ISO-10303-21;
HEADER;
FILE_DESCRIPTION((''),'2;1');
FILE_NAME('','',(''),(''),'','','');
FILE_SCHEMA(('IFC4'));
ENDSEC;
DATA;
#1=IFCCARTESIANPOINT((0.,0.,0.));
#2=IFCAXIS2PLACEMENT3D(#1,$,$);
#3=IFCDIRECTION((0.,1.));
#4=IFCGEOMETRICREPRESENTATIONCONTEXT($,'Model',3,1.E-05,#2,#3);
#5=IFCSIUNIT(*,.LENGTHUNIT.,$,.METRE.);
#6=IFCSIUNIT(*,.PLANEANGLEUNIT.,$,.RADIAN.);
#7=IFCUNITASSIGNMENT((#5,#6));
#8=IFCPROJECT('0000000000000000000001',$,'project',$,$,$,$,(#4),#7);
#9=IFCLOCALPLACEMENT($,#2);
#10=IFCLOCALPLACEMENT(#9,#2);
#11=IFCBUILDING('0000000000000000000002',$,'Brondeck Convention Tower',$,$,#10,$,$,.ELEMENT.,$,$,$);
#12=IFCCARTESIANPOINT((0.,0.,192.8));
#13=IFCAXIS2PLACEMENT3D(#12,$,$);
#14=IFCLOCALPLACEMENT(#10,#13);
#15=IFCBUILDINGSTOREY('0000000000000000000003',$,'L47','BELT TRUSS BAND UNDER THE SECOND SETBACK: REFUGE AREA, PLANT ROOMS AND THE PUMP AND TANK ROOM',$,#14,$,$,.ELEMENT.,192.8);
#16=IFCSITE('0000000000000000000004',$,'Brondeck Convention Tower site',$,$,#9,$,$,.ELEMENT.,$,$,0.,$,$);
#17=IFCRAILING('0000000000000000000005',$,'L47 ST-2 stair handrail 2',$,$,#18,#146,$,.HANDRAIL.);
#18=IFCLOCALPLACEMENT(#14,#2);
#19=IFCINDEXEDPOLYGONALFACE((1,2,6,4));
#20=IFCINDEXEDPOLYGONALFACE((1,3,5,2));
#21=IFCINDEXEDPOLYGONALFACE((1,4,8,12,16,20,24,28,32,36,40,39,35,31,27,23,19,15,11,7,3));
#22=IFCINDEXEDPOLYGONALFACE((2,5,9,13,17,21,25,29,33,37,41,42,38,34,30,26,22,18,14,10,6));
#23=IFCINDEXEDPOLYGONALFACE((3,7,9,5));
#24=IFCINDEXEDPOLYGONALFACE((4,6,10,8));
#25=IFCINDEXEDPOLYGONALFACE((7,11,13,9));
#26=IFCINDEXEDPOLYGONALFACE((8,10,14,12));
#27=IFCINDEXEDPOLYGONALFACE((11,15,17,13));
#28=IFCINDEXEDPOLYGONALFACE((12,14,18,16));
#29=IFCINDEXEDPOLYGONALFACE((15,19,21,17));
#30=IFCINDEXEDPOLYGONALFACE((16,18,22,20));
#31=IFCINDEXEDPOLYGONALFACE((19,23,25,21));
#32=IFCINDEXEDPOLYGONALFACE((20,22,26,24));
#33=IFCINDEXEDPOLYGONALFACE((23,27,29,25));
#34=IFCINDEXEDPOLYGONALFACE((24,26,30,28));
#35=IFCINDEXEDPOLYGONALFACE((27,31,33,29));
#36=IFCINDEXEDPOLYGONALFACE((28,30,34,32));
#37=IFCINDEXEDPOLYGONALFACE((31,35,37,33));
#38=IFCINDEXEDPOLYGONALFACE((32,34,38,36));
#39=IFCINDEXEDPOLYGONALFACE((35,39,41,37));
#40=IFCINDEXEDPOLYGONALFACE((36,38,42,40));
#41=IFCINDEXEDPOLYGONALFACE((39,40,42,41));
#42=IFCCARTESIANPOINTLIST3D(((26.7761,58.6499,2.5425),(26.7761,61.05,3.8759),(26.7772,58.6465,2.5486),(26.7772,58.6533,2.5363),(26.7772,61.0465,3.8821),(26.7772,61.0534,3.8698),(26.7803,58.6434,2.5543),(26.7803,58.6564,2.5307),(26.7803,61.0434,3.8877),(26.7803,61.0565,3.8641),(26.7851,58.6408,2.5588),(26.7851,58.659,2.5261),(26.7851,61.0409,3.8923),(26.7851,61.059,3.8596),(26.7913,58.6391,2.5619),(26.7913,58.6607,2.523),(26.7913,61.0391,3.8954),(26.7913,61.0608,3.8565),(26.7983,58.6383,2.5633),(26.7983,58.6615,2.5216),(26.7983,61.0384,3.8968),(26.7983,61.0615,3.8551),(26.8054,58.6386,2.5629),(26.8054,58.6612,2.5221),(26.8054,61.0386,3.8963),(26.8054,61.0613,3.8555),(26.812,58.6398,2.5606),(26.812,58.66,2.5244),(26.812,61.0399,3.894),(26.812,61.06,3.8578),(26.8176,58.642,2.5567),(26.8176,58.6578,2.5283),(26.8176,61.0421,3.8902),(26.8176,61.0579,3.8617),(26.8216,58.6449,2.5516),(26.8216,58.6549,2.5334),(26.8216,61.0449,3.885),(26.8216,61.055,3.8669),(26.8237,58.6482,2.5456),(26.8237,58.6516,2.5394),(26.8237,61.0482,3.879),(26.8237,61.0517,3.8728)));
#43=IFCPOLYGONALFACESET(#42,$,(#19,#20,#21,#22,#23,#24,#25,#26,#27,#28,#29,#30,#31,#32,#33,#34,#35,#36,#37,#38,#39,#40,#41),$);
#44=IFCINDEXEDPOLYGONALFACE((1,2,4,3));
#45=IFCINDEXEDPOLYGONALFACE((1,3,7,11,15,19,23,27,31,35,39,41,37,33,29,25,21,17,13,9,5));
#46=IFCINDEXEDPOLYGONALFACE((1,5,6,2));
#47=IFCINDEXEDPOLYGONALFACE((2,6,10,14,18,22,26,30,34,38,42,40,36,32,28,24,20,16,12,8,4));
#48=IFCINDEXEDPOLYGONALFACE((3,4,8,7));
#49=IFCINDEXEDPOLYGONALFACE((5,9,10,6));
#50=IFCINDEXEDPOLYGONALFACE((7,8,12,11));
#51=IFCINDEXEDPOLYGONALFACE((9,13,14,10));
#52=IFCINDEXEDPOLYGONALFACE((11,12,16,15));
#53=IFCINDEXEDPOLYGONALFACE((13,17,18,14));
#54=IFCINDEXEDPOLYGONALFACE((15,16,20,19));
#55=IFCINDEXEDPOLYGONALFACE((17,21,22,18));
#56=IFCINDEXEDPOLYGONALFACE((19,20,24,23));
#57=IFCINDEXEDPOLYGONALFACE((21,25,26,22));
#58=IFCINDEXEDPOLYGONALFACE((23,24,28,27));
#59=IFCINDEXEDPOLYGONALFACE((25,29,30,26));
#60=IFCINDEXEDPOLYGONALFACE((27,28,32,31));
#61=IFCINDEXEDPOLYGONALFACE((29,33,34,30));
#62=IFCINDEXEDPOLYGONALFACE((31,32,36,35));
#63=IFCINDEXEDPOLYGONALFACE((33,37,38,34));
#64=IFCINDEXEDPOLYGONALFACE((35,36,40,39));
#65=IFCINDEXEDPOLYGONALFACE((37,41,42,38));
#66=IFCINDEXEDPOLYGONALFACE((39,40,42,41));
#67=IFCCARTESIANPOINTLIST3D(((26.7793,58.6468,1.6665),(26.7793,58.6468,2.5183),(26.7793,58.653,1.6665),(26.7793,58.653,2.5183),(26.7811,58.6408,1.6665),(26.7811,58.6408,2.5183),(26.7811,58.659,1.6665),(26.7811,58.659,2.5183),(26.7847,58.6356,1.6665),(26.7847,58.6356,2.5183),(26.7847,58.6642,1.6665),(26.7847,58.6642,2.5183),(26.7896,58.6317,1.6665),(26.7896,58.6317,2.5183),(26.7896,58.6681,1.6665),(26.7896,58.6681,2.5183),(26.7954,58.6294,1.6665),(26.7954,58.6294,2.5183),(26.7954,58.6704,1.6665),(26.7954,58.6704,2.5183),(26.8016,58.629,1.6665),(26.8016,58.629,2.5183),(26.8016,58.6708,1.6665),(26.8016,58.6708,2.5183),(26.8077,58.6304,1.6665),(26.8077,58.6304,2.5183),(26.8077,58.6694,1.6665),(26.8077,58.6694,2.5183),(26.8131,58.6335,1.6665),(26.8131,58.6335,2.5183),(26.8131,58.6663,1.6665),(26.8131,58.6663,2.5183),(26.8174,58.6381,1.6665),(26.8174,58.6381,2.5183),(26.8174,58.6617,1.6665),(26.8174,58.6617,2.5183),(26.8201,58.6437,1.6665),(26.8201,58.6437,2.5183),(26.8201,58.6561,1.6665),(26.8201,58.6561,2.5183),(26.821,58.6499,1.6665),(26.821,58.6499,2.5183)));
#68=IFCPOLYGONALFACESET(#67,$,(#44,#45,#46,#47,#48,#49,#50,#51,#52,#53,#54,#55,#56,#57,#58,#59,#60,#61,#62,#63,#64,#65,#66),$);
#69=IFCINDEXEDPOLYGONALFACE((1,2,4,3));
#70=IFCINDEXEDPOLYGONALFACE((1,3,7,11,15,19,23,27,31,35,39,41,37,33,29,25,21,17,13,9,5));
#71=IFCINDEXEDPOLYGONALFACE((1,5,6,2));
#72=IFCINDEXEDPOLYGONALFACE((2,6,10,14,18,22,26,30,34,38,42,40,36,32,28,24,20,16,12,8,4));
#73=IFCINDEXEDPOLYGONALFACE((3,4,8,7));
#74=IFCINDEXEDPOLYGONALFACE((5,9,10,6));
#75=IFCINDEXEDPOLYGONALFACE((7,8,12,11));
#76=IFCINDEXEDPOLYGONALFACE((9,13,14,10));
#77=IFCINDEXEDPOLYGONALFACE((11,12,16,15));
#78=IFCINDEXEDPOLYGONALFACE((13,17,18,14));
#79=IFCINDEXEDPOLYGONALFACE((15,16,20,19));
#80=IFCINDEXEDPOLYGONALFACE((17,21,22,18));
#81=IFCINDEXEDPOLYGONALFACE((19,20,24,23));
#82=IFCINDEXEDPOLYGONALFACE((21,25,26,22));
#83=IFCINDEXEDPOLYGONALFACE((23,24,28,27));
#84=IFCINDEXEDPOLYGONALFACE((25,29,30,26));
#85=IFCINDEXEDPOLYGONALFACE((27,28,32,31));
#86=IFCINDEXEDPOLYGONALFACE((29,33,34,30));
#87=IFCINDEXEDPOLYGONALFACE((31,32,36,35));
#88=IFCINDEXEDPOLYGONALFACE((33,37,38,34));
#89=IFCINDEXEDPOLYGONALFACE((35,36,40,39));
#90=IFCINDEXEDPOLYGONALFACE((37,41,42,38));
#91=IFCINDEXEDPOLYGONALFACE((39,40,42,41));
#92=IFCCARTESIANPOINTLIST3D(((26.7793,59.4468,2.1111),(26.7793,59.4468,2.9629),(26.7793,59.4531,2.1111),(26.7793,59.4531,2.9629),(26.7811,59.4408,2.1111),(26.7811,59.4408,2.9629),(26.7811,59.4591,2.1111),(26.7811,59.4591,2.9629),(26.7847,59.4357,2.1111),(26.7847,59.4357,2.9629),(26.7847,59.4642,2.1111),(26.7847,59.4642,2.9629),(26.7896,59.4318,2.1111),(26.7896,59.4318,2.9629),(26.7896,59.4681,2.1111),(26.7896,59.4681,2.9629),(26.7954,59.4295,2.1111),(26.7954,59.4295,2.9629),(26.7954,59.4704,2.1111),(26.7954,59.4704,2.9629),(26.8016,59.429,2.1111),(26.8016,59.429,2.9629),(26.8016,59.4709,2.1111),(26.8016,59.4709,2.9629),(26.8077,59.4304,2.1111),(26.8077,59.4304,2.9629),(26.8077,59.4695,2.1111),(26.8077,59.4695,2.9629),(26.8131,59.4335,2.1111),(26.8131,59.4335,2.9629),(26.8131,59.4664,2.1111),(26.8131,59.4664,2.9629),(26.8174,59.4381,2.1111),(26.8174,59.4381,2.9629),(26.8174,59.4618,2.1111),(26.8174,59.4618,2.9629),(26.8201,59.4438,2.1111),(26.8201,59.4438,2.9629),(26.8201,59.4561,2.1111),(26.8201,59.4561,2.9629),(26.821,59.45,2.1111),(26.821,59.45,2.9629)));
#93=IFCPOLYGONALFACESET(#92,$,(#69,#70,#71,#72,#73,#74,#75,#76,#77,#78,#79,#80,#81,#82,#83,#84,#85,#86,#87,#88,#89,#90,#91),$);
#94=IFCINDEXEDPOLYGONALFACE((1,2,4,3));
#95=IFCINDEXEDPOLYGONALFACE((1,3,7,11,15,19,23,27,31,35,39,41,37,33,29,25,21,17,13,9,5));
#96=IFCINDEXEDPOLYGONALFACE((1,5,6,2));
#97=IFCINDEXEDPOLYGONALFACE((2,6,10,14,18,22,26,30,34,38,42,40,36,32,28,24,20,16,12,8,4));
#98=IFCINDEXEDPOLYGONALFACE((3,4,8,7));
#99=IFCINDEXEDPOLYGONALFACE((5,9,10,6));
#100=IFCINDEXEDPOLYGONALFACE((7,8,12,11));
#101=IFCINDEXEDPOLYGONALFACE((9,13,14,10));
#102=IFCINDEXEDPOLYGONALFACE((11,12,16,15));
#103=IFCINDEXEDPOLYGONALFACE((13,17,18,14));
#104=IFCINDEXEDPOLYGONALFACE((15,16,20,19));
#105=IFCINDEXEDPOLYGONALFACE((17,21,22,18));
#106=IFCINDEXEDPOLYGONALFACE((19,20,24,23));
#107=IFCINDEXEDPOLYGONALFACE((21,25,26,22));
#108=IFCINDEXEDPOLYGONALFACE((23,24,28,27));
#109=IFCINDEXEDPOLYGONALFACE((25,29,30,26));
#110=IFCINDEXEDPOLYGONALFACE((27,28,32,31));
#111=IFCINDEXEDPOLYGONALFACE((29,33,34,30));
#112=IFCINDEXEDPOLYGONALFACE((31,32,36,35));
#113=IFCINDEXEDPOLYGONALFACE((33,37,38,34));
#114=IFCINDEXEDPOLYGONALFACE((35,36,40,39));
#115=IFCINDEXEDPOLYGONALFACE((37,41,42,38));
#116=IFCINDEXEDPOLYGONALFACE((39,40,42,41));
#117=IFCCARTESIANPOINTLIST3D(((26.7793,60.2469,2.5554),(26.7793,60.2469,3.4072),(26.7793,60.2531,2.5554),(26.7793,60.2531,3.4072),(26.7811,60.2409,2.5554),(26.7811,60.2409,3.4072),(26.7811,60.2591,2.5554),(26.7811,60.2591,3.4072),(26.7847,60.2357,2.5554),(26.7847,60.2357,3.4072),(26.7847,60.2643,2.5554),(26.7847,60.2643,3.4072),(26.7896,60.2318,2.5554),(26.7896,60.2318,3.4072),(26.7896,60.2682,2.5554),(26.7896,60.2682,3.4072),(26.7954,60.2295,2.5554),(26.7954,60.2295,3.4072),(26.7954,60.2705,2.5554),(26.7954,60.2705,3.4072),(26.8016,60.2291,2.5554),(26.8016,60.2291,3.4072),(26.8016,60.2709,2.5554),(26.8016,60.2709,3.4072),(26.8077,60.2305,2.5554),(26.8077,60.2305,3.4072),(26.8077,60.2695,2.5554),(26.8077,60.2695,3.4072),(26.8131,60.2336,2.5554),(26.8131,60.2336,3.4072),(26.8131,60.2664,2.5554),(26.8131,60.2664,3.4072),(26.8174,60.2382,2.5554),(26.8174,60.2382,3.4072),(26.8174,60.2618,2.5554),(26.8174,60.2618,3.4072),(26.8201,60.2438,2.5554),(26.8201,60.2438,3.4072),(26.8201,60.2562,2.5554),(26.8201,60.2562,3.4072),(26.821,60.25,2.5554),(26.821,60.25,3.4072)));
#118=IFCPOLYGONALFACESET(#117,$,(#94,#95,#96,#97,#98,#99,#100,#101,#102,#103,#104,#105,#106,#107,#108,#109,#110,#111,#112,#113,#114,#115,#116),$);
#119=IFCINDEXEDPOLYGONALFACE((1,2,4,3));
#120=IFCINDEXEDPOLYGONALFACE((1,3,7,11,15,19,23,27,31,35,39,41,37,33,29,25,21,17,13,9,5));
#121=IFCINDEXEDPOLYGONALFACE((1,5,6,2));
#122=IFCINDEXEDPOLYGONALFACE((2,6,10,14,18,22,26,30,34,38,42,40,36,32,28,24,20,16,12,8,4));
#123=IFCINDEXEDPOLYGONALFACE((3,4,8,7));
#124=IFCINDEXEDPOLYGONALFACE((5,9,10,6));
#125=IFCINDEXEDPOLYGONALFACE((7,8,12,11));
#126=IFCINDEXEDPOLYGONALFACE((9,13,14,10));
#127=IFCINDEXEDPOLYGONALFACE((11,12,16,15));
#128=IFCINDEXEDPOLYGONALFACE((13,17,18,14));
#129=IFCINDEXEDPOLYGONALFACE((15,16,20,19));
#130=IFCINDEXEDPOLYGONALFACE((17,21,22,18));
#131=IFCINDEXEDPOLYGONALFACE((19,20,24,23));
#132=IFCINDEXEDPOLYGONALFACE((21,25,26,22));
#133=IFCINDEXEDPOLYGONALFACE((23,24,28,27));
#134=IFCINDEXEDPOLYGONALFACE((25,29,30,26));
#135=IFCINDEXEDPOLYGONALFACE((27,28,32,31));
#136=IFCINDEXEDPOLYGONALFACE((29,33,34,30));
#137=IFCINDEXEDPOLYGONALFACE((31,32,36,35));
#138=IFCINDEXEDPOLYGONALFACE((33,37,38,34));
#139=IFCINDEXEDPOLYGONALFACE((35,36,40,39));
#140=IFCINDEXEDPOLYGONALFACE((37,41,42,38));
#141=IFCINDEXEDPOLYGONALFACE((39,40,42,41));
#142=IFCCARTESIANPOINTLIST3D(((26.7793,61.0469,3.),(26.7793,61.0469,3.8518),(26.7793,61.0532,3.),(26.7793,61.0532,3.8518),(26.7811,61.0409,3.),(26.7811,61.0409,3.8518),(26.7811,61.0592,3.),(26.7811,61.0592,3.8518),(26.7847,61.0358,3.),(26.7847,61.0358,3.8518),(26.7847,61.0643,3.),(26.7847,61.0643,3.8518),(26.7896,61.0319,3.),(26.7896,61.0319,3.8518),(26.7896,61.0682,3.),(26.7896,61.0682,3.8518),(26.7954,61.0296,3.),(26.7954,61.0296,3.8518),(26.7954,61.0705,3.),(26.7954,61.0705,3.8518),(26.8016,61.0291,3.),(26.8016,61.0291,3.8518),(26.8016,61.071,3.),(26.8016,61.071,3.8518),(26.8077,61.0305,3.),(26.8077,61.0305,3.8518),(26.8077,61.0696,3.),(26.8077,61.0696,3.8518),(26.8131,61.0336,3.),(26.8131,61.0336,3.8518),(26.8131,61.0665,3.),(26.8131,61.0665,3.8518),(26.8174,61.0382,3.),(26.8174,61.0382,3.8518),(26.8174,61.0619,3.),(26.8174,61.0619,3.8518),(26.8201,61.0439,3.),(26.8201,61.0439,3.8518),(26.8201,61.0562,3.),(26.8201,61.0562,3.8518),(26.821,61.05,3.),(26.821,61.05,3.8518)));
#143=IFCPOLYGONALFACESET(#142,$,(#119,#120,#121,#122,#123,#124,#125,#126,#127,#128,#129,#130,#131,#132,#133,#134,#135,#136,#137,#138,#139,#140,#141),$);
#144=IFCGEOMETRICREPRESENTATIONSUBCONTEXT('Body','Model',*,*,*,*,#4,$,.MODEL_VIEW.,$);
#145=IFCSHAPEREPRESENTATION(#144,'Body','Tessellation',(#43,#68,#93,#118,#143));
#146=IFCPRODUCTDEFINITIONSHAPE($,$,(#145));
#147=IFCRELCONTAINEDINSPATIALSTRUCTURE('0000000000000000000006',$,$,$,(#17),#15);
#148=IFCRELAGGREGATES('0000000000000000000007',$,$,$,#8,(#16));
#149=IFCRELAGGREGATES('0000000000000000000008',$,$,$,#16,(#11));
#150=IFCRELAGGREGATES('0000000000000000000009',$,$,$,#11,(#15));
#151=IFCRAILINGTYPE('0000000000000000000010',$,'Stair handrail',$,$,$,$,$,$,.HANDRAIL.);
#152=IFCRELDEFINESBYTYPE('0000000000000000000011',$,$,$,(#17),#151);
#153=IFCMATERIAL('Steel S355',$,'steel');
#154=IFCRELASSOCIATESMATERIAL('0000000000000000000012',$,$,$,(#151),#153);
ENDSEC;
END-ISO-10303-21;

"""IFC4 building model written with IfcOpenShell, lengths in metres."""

from ifc_helpers import new_model, si_unit, direction, frame, origin, origin_2d, place, context, subcontext, project, spatial, circle, extrude, material, type_object, element, save


model = new_model("IFC4")

# Units and contexts
model_context = context("Model", 3, precision=1e-05, world=origin(), true_north=direction((0.0, 1.0)))
body_context = subcontext(model_context, "Body", "Model", "MODEL_VIEW")
ifc_project = project(units=[si_unit("LENGTHUNIT", "METRE"), si_unit("PLANEANGLEUNIT", "RADIAN")], contexts=[model_context])

# Site, building, storey
site_placement = place(None, origin())
site = spatial("IfcSite", under=ifc_project, at=site_placement, Name="Brondeck Convention Tower site", CompositionType="ELEMENT", RefElevation=0.0)
building_placement = place(site_placement, origin())
building = spatial("IfcBuilding", under=site, at=building_placement, Name="Brondeck Convention Tower", CompositionType="ELEMENT")
storey_placement = place(building_placement, frame((0.0, 0.0, 192.8)))
storey = spatial("IfcBuildingStorey", under=building, at=storey_placement, Name="L47", Description="BELT TRUSS BAND UNDER THE SECOND SETBACK: REFUGE AREA, PLANT ROOMS AND THE PUMP AND TANK ROOM", CompositionType="ELEMENT", Elevation=192.8)

# Shared definitions
ifc_material_1 = material(Name="Steel S355", Category="steel")

# Railing
railing_type_1 = type_object("IfcRailingType", Name="Stair handrail", PredefinedType="HANDRAIL", material=ifc_material_1)
railing_1_placement = place(storey_placement, frame((26.8, 58.6499, 1.6665)))
element("IfcRailing", 1, at=railing_1_placement, inside=storey, type_object=railing_type_1, Name="L47 ST-2 stair handrail 2", PredefinedType="HANDRAIL", context=body_context, shape_type="SweptSolid", body=[
    extrude(circle(Radius=0.0239, at=origin_2d()), frame((0.0, 0.0, 0.876), z_axis=(0.0, 0.874145, 0.485666), x_axis=(-1.0, 0.0, 0.0)), (0.0, 0.0, 1.0), 2.7456),
    extrude(circle(Radius=0.021, at=origin_2d()), origin(), (0.0, 0.0, 1.0), 0.8518),
    extrude(circle(Radius=0.021, at=origin_2d()), frame((0.0, 0.8, 0.4446)), (0.0, 0.0, 1.0), 0.8518),
    extrude(circle(Radius=0.021, at=origin_2d()), frame((0.0, 1.6001, 0.8889)), (0.0, 0.0, 1.0), 0.8518),
    extrude(circle(Radius=0.021, at=origin_2d()), frame((0.0, 2.4001, 1.3335)), (0.0, 0.0, 1.0), 0.8518),
])

save(model, "model.ifc")
